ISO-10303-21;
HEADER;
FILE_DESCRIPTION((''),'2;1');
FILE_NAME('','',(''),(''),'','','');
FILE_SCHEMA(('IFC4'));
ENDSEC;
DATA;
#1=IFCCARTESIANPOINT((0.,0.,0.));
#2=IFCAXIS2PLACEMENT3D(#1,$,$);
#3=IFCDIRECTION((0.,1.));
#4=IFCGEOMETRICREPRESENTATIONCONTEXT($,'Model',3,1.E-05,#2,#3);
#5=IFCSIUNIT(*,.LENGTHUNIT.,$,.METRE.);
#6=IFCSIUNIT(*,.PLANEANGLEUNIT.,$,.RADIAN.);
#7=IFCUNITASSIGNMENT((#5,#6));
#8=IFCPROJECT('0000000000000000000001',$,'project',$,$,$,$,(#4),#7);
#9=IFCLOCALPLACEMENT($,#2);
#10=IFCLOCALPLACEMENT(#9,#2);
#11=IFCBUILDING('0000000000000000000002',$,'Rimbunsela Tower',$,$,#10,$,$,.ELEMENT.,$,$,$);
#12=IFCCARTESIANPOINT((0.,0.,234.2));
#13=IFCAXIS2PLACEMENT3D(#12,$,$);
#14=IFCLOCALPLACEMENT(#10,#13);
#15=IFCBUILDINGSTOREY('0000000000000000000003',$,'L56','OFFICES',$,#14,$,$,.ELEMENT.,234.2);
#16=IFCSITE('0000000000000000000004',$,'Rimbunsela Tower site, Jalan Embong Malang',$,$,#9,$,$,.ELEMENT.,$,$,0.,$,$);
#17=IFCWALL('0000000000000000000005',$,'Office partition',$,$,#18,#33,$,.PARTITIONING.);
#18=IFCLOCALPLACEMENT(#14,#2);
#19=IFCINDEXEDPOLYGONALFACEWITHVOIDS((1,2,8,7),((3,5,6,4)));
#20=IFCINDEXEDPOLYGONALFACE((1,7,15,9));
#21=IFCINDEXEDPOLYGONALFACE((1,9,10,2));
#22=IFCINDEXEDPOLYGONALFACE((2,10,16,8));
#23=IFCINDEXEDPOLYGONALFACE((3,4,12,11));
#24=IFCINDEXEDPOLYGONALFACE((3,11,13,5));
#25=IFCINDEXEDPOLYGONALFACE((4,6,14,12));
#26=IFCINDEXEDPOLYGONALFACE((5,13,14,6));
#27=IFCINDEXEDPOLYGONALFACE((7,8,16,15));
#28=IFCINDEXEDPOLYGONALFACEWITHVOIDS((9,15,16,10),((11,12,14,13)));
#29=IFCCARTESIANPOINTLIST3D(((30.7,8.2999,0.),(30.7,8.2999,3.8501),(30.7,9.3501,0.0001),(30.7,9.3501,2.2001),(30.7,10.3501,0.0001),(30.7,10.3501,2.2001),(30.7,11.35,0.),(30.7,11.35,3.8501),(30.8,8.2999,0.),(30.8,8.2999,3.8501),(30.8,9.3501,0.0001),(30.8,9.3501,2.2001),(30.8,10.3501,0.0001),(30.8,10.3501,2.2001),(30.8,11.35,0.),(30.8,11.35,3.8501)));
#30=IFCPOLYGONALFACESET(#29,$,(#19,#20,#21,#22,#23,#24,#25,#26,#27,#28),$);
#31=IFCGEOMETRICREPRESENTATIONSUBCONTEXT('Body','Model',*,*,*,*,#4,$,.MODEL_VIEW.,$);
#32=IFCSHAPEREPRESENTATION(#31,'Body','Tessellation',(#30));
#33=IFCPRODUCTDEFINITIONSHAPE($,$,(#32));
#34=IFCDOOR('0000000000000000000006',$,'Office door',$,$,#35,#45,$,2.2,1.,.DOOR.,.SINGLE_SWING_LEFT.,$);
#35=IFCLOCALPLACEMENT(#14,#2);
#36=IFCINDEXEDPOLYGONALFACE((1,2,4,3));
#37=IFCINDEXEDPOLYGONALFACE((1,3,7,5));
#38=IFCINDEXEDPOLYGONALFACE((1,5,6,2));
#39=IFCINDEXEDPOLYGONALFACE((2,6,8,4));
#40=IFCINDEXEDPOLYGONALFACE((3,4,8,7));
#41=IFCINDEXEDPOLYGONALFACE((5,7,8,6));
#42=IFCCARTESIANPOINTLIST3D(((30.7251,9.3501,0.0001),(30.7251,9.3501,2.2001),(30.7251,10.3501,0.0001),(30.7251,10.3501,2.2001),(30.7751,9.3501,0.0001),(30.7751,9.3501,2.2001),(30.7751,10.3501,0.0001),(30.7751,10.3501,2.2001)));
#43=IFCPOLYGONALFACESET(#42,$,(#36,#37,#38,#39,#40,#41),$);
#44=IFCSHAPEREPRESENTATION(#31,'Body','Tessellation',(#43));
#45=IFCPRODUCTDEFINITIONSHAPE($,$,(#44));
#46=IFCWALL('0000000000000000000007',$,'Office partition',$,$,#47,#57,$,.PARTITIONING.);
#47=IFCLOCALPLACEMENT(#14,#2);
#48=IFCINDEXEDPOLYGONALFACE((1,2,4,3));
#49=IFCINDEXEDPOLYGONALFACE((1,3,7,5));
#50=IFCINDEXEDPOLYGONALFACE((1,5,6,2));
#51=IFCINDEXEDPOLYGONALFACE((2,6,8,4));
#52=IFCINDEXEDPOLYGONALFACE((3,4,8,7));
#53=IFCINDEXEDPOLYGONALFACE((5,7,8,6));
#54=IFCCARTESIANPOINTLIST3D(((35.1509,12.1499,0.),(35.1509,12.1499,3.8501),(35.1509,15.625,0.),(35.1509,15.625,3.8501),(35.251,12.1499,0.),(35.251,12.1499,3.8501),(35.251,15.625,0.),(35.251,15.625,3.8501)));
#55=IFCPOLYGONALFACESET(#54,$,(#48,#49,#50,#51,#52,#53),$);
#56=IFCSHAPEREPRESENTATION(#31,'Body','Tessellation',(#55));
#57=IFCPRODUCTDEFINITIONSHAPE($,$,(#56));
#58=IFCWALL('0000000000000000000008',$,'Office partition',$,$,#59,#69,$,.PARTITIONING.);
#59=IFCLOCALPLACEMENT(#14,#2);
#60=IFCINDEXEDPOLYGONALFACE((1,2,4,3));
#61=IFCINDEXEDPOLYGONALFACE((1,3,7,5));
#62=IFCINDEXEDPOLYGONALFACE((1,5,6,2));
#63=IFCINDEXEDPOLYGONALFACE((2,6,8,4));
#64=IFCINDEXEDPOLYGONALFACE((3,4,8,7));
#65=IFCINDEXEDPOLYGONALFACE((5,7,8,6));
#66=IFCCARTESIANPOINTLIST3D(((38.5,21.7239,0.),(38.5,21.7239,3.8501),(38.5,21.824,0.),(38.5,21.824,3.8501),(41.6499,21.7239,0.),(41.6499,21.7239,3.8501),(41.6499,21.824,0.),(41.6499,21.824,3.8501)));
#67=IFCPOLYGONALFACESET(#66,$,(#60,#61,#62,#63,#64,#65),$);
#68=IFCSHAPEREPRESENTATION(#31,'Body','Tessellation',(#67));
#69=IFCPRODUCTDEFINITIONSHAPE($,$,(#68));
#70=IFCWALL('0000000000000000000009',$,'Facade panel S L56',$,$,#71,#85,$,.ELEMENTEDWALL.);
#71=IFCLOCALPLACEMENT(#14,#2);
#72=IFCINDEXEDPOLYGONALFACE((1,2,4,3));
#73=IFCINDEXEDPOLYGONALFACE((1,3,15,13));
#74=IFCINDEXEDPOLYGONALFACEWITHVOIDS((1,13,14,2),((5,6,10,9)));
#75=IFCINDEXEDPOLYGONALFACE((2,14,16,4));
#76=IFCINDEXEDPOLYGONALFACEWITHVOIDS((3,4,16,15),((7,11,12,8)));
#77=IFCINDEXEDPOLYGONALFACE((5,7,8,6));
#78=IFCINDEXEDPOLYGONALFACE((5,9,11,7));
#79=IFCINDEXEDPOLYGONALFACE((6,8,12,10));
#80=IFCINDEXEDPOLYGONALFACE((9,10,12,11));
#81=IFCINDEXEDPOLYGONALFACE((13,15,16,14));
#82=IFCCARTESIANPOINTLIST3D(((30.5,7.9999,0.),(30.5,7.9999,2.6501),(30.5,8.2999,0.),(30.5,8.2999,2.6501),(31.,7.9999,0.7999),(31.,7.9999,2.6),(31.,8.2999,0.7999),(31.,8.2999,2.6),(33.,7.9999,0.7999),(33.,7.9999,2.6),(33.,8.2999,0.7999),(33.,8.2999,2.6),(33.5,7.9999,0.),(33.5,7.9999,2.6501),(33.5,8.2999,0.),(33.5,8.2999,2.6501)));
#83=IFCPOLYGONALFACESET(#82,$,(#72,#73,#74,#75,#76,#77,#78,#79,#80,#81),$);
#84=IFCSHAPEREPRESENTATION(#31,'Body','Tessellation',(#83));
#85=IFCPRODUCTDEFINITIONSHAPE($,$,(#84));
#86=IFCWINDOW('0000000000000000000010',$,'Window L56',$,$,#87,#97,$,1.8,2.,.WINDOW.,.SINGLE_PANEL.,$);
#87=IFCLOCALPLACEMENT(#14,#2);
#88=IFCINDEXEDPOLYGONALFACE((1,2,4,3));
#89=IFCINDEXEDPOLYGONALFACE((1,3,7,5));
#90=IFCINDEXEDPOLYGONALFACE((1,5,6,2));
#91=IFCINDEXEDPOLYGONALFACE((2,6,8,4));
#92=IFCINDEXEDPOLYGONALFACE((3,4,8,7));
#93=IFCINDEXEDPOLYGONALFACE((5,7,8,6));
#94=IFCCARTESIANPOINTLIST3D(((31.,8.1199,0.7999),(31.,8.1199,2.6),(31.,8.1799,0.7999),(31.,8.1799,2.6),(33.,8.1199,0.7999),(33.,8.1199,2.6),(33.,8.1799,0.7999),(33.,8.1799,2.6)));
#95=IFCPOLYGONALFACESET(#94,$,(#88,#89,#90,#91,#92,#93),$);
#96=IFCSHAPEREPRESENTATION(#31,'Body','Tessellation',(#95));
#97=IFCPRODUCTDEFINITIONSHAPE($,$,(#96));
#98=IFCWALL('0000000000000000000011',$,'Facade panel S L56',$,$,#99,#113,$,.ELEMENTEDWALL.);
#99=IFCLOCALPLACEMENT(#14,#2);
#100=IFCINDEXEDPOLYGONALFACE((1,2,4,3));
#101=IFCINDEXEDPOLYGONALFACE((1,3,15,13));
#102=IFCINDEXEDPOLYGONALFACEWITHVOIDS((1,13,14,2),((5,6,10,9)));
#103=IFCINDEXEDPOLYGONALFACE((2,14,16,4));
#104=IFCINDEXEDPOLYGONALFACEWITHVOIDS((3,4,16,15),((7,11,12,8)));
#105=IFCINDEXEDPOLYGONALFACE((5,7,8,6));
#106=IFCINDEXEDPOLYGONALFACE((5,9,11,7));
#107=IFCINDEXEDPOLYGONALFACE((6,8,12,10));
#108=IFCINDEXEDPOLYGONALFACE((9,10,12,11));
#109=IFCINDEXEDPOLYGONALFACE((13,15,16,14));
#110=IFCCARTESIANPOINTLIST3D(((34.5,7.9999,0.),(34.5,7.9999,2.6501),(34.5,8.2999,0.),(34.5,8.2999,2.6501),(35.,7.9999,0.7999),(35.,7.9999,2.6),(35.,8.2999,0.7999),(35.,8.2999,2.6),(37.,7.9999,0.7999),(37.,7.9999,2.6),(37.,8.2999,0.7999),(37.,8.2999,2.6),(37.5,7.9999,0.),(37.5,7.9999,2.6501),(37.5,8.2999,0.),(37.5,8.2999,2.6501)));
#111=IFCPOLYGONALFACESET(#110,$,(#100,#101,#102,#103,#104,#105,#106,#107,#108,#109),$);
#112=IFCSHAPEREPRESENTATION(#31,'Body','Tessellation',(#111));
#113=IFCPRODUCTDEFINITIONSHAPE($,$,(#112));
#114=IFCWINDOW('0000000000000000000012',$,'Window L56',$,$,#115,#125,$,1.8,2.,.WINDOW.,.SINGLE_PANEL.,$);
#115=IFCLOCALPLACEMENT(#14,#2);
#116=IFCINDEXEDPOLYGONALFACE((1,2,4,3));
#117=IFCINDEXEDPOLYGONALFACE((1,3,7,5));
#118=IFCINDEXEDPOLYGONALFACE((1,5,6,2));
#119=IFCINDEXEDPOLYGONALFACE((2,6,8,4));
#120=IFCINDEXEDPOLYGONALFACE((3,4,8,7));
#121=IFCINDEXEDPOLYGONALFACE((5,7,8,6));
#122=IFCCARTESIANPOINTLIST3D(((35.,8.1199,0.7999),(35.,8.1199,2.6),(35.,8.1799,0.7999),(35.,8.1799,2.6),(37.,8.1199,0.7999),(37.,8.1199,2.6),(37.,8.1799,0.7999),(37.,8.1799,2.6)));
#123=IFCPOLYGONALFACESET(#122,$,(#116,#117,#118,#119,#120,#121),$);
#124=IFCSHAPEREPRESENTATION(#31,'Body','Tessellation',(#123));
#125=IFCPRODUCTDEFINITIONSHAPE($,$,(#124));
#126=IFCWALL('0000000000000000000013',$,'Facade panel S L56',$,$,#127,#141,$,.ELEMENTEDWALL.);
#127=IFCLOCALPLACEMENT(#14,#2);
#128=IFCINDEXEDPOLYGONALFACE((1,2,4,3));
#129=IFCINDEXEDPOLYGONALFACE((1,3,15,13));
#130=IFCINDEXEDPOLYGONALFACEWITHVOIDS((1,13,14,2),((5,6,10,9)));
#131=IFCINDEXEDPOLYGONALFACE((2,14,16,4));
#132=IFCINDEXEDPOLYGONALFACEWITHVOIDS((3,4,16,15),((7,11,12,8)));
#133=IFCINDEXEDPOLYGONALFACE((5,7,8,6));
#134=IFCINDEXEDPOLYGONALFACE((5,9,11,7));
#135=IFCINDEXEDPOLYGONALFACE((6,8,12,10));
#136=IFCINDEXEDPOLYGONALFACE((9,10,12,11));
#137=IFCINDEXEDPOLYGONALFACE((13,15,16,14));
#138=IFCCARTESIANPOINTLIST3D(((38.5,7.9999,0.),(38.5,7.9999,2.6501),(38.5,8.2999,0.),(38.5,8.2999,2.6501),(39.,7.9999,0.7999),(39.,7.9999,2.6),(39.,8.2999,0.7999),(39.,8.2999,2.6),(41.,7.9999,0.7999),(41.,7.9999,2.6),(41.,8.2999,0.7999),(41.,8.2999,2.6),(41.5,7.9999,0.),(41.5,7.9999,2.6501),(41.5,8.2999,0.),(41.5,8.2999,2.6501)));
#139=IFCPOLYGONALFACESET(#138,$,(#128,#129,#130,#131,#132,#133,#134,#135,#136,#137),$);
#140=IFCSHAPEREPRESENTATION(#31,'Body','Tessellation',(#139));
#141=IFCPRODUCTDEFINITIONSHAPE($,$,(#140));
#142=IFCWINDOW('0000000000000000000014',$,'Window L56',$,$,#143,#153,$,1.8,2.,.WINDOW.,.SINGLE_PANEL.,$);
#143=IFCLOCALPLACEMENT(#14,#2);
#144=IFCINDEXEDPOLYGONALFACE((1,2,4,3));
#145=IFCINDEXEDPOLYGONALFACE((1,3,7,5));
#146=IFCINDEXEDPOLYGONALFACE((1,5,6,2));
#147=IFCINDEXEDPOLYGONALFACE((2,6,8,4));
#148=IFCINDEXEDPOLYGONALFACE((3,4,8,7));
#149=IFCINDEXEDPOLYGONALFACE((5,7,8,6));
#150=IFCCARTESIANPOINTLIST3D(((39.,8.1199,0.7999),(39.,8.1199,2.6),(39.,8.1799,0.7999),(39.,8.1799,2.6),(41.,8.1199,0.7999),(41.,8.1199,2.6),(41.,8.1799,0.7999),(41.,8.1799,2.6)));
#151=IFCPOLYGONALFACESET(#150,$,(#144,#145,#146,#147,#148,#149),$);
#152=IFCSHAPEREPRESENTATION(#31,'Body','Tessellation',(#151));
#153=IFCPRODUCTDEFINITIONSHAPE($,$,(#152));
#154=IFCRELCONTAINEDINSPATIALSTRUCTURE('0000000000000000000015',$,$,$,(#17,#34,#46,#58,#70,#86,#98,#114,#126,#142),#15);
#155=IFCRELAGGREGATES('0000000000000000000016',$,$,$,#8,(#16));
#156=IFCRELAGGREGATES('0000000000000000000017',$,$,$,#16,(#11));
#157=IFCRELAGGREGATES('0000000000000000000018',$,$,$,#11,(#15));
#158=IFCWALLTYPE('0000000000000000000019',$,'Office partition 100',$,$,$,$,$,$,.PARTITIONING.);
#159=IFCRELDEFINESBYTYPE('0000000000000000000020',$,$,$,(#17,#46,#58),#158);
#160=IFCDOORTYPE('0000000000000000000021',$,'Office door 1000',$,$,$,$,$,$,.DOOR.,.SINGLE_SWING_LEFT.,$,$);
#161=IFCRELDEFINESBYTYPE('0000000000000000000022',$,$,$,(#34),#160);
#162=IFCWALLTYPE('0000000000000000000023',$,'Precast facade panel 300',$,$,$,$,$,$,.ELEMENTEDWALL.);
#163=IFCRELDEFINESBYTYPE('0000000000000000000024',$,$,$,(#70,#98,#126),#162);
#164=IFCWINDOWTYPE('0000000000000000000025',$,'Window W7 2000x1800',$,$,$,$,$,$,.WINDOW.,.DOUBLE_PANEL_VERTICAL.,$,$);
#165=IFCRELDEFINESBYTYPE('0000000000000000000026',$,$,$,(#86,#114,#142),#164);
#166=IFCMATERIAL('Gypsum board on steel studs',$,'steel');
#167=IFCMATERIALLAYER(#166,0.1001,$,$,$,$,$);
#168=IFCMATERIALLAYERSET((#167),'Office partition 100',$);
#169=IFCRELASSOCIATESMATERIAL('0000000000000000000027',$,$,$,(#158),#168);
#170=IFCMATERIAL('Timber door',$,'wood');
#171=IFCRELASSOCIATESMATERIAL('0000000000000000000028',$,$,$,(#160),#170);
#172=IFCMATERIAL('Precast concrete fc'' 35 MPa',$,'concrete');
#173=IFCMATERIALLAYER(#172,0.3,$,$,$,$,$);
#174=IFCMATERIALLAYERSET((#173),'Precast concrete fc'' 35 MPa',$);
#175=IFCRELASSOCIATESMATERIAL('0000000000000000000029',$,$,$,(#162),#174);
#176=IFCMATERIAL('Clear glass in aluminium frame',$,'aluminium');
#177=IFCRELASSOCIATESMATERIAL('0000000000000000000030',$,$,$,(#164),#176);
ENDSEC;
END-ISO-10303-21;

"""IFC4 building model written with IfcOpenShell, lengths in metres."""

from ifc_helpers import new_model, si_unit, direction, frame, frame_2d, origin, place, context, subcontext, project, spatial, rectangle, extrude, material, layer, layer_set, type_object, element, fill, save


model = new_model("IFC4")

# Units and contexts
model_context = context("Model", 3, precision=1e-05, world=origin(), true_north=direction((0.0, 1.0)))
body_context = subcontext(model_context, "Body", "Model", "MODEL_VIEW")
ifc_project = project(units=[si_unit("LENGTHUNIT", "METRE"), si_unit("PLANEANGLEUNIT", "RADIAN")], contexts=[model_context])

# Site, building, storey
site_placement = place(None, origin())
site = spatial("IfcSite", under=ifc_project, at=site_placement, Name="Rimbunsela Tower site, Jalan Embong Malang", CompositionType="ELEMENT", RefElevation=0.0)
building_placement = place(site_placement, origin())
building = spatial("IfcBuilding", under=site, at=building_placement, Name="Rimbunsela Tower", CompositionType="ELEMENT")
storey_placement = place(building_placement, frame((0.0, 0.0, 234.2)))
storey = spatial("IfcBuildingStorey", under=building, at=storey_placement, Name="L56", Description="OFFICES", CompositionType="ELEMENT", Elevation=234.2)

# Wall, opening, door
ifc_material_1 = material(Name="Gypsum board on steel studs", Category="steel")
ifc_layer_1 = layer(ifc_material_1, 0.1001)
ifc_layer_set_1 = layer_set([ifc_layer_1], Name="Office partition 100")
wall_type_1 = type_object("IfcWallType", Name="Office partition 100", PredefinedType="PARTITIONING", material=ifc_layer_set_1)
wall_1_placement = place(storey_placement, frame((30.75, 8.3, 0.0), z_axis=(0.0, 0.0, 1.0), x_axis=(0.0, 1.0, 0.0)))
wall_1 = element("IfcWall", 1, at=wall_1_placement, inside=storey, type_object=wall_type_1, Name="Office partition", PredefinedType="PARTITIONING", context=body_context, shape_type="SweptSolid", body=[
    extrude(rectangle(XDim=3.05, YDim=0.1001, at=frame_2d((1.5249, 0.0))), origin(), (0.0, 0.0, 1.0), 3.8501),
])
opening_1_placement = place(wall_1_placement, frame((1.05, 0.0, 0.0)))
opening_1 = element("IfcOpeningElement", 2, at=opening_1_placement, cuts=wall_1, PredefinedType="OPENING", context=body_context, shape_type="SweptSolid", body=[
    extrude(rectangle(XDim=1.0, YDim=2.2, at=frame_2d((0.5, 1.1001))), frame((0.0, 0.0601, 0.0), z_axis=(0.0, -1.0, 0.0), x_axis=(1.0, 0.0, 0.0)), (0.0, 0.0, 1.0), 0.1201),
])
ifc_material_2 = material(Name="Timber door", Category="wood")
door_type_1 = type_object("IfcDoorType", Name="Office door 1000", OperationType="SINGLE_SWING_LEFT", PredefinedType="DOOR", material=ifc_material_2)
door_1_placement = place(opening_1_placement, origin())
door_1 = element("IfcDoor", 3, at=door_1_placement, inside=storey, type_object=door_type_1, Name="Office door", OperationType="SINGLE_SWING_LEFT", OverallHeight=2.2, OverallWidth=1.0, PredefinedType="DOOR", context=body_context, shape_type="SweptSolid", body=[
    extrude(rectangle(XDim=1.0, YDim=2.2, at=frame_2d((0.5, 1.1001))), frame((0.0, 0.0249, 0.0), z_axis=(0.0, -1.0, 0.0), x_axis=(1.0, 0.0, 0.0)), (0.0, 0.0, 1.0), 0.05),
])
fill(opening_1, door_1)

# Walls
wall_2_placement = place(storey_placement, frame((35.2009, 12.1499, 0.0), z_axis=(0.0, 0.0, 1.0), x_axis=(0.0, 1.0, 0.0)))
element("IfcWall", 4, at=wall_2_placement, inside=storey, type_object=wall_type_1, Name="Office partition", PredefinedType="PARTITIONING", context=body_context, shape_type="SweptSolid", body=[
    extrude(rectangle(XDim=3.4751, YDim=0.1001, at=frame_2d((1.7375, 0.0))), origin(), (0.0, 0.0, 1.0), 3.8501),
])
wall_3_placement = place(storey_placement, frame((38.5, 21.7739, 0.0), z_axis=(0.0, 0.0, 1.0), x_axis=(1.0, 0.0, 0.0)))
element("IfcWall", 5, at=wall_3_placement, inside=storey, type_object=wall_type_1, Name="Office partition", PredefinedType="PARTITIONING", context=body_context, shape_type="SweptSolid", body=[
    extrude(rectangle(XDim=3.1499, YDim=0.1001, at=frame_2d((1.575, 0.0))), origin(), (0.0, 0.0, 1.0), 3.8501),
])

# Walls, openings, windows
ifc_material_3 = material(Name="Precast concrete fc' 35 MPa", Category="concrete")
ifc_layer_2 = layer(ifc_material_3, 0.3)
ifc_layer_set_2 = layer_set([ifc_layer_2], Name="Precast concrete fc' 35 MPa")
wall_type_2 = type_object("IfcWallType", Name="Precast facade panel 300", PredefinedType="ELEMENTEDWALL", material=ifc_layer_set_2)
wall_4_placement = place(storey_placement, frame((30.5, 8.1499, 0.0), z_axis=(0.0, 0.0, 1.0), x_axis=(1.0, 0.0, 0.0)))
wall_4 = element("IfcWall", 6, at=wall_4_placement, inside=storey, type_object=wall_type_2, Name="Facade panel S L56", PredefinedType="ELEMENTEDWALL", context=body_context, shape_type="SweptSolid", body=[
    extrude(rectangle(XDim=3.0, YDim=0.3, at=frame_2d((1.5, 0.0))), origin(), (0.0, 0.0, 1.0), 2.6501),
])
opening_2_placement = place(wall_4_placement, frame((0.5, 0.0, 0.8)))
opening_2 = element("IfcOpeningElement", 7, at=opening_2_placement, cuts=wall_4, PredefinedType="OPENING", context=body_context, shape_type="SweptSolid", body=[
    extrude(rectangle(XDim=2.0, YDim=1.8, at=frame_2d((1.0, 0.8999))), frame((0.0, 0.1599, 0.0), z_axis=(0.0, -1.0, 0.0), x_axis=(1.0, 0.0, 0.0)), (0.0, 0.0, 1.0), 0.3201),
])
ifc_material_4 = material(Name="Clear glass in aluminium frame", Category="aluminium")
window_type = type_object("IfcWindowType", Name="Window W7 2000x1800", PartitioningType="DOUBLE_PANEL_VERTICAL", PredefinedType="WINDOW", material=ifc_material_4)
window_1_placement = place(opening_2_placement, origin())
window_1 = element("IfcWindow", 8, at=window_1_placement, inside=storey, type_object=window_type, Name="Window L56", OverallHeight=1.8, OverallWidth=2.0, PartitioningType="SINGLE_PANEL", PredefinedType="WINDOW", context=body_context, shape_type="SweptSolid", body=[
    extrude(rectangle(XDim=2.0, YDim=1.8, at=frame_2d((1.0, 0.8999))), frame((0.0, 0.03, 0.0), z_axis=(0.0, -1.0, 0.0), x_axis=(1.0, 0.0, 0.0)), (0.0, 0.0, 1.0), 0.0601),
])
fill(opening_2, window_1)
wall_5_placement = place(storey_placement, frame((34.5, 8.1499, 0.0), z_axis=(0.0, 0.0, 1.0), x_axis=(1.0, 0.0, 0.0)))
wall_5 = element("IfcWall", 9, at=wall_5_placement, inside=storey, type_object=wall_type_2, Name="Facade panel S L56", PredefinedType="ELEMENTEDWALL", context=body_context, shape_type="SweptSolid", body=[
    extrude(rectangle(XDim=3.0, YDim=0.3, at=frame_2d((1.5, 0.0))), origin(), (0.0, 0.0, 1.0), 2.6501),
])
opening_3_placement = place(wall_5_placement, frame((0.5, 0.0, 0.8)))
opening_3 = element("IfcOpeningElement", 10, at=opening_3_placement, cuts=wall_5, PredefinedType="OPENING", context=body_context, shape_type="SweptSolid", body=[
    extrude(rectangle(XDim=2.0, YDim=1.8, at=frame_2d((1.0, 0.8999))), frame((0.0, 0.1599, 0.0), z_axis=(0.0, -1.0, 0.0), x_axis=(1.0, 0.0, 0.0)), (0.0, 0.0, 1.0), 0.3201),
])
window_2_placement = place(opening_3_placement, origin())
window_2 = element("IfcWindow", 11, at=window_2_placement, inside=storey, type_object=window_type, Name="Window L56", OverallHeight=1.8, OverallWidth=2.0, PartitioningType="SINGLE_PANEL", PredefinedType="WINDOW", context=body_context, shape_type="SweptSolid", body=[
    extrude(rectangle(XDim=2.0, YDim=1.8, at=frame_2d((1.0, 0.8999))), frame((0.0, 0.03, 0.0), z_axis=(0.0, -1.0, 0.0), x_axis=(1.0, 0.0, 0.0)), (0.0, 0.0, 1.0), 0.0601),
])
fill(opening_3, window_2)
wall_6_placement = place(storey_placement, frame((38.5, 8.1499, 0.0), z_axis=(0.0, 0.0, 1.0), x_axis=(1.0, 0.0, 0.0)))
wall_6 = element("IfcWall", 12, at=wall_6_placement, inside=storey, type_object=wall_type_2, Name="Facade panel S L56", PredefinedType="ELEMENTEDWALL", context=body_context, shape_type="SweptSolid", body=[
    extrude(rectangle(XDim=3.0, YDim=0.3, at=frame_2d((1.5, 0.0))), origin(), (0.0, 0.0, 1.0), 2.6501),
])
opening_4_placement = place(wall_6_placement, frame((0.5, 0.0, 0.8)))
opening_4 = element("IfcOpeningElement", 13, at=opening_4_placement, cuts=wall_6, PredefinedType="OPENING", context=body_context, shape_type="SweptSolid", body=[
    extrude(rectangle(XDim=2.0, YDim=1.8, at=frame_2d((1.0, 0.8999))), frame((0.0, 0.1599, 0.0), z_axis=(0.0, -1.0, 0.0), x_axis=(1.0, 0.0, 0.0)), (0.0, 0.0, 1.0), 0.3201),
])
window_3_placement = place(opening_4_placement, origin())
window_3 = element("IfcWindow", 14, at=window_3_placement, inside=storey, type_object=window_type, Name="Window L56", OverallHeight=1.8, OverallWidth=2.0, PartitioningType="SINGLE_PANEL", PredefinedType="WINDOW", context=body_context, shape_type="SweptSolid", body=[
    extrude(rectangle(XDim=2.0, YDim=1.8, at=frame_2d((1.0, 0.8999))), frame((0.0, 0.03, 0.0), z_axis=(0.0, -1.0, 0.0), x_axis=(1.0, 0.0, 0.0)), (0.0, 0.0, 1.0), 0.0601),
])
fill(opening_4, window_3)

save(model, "model.ifc")
